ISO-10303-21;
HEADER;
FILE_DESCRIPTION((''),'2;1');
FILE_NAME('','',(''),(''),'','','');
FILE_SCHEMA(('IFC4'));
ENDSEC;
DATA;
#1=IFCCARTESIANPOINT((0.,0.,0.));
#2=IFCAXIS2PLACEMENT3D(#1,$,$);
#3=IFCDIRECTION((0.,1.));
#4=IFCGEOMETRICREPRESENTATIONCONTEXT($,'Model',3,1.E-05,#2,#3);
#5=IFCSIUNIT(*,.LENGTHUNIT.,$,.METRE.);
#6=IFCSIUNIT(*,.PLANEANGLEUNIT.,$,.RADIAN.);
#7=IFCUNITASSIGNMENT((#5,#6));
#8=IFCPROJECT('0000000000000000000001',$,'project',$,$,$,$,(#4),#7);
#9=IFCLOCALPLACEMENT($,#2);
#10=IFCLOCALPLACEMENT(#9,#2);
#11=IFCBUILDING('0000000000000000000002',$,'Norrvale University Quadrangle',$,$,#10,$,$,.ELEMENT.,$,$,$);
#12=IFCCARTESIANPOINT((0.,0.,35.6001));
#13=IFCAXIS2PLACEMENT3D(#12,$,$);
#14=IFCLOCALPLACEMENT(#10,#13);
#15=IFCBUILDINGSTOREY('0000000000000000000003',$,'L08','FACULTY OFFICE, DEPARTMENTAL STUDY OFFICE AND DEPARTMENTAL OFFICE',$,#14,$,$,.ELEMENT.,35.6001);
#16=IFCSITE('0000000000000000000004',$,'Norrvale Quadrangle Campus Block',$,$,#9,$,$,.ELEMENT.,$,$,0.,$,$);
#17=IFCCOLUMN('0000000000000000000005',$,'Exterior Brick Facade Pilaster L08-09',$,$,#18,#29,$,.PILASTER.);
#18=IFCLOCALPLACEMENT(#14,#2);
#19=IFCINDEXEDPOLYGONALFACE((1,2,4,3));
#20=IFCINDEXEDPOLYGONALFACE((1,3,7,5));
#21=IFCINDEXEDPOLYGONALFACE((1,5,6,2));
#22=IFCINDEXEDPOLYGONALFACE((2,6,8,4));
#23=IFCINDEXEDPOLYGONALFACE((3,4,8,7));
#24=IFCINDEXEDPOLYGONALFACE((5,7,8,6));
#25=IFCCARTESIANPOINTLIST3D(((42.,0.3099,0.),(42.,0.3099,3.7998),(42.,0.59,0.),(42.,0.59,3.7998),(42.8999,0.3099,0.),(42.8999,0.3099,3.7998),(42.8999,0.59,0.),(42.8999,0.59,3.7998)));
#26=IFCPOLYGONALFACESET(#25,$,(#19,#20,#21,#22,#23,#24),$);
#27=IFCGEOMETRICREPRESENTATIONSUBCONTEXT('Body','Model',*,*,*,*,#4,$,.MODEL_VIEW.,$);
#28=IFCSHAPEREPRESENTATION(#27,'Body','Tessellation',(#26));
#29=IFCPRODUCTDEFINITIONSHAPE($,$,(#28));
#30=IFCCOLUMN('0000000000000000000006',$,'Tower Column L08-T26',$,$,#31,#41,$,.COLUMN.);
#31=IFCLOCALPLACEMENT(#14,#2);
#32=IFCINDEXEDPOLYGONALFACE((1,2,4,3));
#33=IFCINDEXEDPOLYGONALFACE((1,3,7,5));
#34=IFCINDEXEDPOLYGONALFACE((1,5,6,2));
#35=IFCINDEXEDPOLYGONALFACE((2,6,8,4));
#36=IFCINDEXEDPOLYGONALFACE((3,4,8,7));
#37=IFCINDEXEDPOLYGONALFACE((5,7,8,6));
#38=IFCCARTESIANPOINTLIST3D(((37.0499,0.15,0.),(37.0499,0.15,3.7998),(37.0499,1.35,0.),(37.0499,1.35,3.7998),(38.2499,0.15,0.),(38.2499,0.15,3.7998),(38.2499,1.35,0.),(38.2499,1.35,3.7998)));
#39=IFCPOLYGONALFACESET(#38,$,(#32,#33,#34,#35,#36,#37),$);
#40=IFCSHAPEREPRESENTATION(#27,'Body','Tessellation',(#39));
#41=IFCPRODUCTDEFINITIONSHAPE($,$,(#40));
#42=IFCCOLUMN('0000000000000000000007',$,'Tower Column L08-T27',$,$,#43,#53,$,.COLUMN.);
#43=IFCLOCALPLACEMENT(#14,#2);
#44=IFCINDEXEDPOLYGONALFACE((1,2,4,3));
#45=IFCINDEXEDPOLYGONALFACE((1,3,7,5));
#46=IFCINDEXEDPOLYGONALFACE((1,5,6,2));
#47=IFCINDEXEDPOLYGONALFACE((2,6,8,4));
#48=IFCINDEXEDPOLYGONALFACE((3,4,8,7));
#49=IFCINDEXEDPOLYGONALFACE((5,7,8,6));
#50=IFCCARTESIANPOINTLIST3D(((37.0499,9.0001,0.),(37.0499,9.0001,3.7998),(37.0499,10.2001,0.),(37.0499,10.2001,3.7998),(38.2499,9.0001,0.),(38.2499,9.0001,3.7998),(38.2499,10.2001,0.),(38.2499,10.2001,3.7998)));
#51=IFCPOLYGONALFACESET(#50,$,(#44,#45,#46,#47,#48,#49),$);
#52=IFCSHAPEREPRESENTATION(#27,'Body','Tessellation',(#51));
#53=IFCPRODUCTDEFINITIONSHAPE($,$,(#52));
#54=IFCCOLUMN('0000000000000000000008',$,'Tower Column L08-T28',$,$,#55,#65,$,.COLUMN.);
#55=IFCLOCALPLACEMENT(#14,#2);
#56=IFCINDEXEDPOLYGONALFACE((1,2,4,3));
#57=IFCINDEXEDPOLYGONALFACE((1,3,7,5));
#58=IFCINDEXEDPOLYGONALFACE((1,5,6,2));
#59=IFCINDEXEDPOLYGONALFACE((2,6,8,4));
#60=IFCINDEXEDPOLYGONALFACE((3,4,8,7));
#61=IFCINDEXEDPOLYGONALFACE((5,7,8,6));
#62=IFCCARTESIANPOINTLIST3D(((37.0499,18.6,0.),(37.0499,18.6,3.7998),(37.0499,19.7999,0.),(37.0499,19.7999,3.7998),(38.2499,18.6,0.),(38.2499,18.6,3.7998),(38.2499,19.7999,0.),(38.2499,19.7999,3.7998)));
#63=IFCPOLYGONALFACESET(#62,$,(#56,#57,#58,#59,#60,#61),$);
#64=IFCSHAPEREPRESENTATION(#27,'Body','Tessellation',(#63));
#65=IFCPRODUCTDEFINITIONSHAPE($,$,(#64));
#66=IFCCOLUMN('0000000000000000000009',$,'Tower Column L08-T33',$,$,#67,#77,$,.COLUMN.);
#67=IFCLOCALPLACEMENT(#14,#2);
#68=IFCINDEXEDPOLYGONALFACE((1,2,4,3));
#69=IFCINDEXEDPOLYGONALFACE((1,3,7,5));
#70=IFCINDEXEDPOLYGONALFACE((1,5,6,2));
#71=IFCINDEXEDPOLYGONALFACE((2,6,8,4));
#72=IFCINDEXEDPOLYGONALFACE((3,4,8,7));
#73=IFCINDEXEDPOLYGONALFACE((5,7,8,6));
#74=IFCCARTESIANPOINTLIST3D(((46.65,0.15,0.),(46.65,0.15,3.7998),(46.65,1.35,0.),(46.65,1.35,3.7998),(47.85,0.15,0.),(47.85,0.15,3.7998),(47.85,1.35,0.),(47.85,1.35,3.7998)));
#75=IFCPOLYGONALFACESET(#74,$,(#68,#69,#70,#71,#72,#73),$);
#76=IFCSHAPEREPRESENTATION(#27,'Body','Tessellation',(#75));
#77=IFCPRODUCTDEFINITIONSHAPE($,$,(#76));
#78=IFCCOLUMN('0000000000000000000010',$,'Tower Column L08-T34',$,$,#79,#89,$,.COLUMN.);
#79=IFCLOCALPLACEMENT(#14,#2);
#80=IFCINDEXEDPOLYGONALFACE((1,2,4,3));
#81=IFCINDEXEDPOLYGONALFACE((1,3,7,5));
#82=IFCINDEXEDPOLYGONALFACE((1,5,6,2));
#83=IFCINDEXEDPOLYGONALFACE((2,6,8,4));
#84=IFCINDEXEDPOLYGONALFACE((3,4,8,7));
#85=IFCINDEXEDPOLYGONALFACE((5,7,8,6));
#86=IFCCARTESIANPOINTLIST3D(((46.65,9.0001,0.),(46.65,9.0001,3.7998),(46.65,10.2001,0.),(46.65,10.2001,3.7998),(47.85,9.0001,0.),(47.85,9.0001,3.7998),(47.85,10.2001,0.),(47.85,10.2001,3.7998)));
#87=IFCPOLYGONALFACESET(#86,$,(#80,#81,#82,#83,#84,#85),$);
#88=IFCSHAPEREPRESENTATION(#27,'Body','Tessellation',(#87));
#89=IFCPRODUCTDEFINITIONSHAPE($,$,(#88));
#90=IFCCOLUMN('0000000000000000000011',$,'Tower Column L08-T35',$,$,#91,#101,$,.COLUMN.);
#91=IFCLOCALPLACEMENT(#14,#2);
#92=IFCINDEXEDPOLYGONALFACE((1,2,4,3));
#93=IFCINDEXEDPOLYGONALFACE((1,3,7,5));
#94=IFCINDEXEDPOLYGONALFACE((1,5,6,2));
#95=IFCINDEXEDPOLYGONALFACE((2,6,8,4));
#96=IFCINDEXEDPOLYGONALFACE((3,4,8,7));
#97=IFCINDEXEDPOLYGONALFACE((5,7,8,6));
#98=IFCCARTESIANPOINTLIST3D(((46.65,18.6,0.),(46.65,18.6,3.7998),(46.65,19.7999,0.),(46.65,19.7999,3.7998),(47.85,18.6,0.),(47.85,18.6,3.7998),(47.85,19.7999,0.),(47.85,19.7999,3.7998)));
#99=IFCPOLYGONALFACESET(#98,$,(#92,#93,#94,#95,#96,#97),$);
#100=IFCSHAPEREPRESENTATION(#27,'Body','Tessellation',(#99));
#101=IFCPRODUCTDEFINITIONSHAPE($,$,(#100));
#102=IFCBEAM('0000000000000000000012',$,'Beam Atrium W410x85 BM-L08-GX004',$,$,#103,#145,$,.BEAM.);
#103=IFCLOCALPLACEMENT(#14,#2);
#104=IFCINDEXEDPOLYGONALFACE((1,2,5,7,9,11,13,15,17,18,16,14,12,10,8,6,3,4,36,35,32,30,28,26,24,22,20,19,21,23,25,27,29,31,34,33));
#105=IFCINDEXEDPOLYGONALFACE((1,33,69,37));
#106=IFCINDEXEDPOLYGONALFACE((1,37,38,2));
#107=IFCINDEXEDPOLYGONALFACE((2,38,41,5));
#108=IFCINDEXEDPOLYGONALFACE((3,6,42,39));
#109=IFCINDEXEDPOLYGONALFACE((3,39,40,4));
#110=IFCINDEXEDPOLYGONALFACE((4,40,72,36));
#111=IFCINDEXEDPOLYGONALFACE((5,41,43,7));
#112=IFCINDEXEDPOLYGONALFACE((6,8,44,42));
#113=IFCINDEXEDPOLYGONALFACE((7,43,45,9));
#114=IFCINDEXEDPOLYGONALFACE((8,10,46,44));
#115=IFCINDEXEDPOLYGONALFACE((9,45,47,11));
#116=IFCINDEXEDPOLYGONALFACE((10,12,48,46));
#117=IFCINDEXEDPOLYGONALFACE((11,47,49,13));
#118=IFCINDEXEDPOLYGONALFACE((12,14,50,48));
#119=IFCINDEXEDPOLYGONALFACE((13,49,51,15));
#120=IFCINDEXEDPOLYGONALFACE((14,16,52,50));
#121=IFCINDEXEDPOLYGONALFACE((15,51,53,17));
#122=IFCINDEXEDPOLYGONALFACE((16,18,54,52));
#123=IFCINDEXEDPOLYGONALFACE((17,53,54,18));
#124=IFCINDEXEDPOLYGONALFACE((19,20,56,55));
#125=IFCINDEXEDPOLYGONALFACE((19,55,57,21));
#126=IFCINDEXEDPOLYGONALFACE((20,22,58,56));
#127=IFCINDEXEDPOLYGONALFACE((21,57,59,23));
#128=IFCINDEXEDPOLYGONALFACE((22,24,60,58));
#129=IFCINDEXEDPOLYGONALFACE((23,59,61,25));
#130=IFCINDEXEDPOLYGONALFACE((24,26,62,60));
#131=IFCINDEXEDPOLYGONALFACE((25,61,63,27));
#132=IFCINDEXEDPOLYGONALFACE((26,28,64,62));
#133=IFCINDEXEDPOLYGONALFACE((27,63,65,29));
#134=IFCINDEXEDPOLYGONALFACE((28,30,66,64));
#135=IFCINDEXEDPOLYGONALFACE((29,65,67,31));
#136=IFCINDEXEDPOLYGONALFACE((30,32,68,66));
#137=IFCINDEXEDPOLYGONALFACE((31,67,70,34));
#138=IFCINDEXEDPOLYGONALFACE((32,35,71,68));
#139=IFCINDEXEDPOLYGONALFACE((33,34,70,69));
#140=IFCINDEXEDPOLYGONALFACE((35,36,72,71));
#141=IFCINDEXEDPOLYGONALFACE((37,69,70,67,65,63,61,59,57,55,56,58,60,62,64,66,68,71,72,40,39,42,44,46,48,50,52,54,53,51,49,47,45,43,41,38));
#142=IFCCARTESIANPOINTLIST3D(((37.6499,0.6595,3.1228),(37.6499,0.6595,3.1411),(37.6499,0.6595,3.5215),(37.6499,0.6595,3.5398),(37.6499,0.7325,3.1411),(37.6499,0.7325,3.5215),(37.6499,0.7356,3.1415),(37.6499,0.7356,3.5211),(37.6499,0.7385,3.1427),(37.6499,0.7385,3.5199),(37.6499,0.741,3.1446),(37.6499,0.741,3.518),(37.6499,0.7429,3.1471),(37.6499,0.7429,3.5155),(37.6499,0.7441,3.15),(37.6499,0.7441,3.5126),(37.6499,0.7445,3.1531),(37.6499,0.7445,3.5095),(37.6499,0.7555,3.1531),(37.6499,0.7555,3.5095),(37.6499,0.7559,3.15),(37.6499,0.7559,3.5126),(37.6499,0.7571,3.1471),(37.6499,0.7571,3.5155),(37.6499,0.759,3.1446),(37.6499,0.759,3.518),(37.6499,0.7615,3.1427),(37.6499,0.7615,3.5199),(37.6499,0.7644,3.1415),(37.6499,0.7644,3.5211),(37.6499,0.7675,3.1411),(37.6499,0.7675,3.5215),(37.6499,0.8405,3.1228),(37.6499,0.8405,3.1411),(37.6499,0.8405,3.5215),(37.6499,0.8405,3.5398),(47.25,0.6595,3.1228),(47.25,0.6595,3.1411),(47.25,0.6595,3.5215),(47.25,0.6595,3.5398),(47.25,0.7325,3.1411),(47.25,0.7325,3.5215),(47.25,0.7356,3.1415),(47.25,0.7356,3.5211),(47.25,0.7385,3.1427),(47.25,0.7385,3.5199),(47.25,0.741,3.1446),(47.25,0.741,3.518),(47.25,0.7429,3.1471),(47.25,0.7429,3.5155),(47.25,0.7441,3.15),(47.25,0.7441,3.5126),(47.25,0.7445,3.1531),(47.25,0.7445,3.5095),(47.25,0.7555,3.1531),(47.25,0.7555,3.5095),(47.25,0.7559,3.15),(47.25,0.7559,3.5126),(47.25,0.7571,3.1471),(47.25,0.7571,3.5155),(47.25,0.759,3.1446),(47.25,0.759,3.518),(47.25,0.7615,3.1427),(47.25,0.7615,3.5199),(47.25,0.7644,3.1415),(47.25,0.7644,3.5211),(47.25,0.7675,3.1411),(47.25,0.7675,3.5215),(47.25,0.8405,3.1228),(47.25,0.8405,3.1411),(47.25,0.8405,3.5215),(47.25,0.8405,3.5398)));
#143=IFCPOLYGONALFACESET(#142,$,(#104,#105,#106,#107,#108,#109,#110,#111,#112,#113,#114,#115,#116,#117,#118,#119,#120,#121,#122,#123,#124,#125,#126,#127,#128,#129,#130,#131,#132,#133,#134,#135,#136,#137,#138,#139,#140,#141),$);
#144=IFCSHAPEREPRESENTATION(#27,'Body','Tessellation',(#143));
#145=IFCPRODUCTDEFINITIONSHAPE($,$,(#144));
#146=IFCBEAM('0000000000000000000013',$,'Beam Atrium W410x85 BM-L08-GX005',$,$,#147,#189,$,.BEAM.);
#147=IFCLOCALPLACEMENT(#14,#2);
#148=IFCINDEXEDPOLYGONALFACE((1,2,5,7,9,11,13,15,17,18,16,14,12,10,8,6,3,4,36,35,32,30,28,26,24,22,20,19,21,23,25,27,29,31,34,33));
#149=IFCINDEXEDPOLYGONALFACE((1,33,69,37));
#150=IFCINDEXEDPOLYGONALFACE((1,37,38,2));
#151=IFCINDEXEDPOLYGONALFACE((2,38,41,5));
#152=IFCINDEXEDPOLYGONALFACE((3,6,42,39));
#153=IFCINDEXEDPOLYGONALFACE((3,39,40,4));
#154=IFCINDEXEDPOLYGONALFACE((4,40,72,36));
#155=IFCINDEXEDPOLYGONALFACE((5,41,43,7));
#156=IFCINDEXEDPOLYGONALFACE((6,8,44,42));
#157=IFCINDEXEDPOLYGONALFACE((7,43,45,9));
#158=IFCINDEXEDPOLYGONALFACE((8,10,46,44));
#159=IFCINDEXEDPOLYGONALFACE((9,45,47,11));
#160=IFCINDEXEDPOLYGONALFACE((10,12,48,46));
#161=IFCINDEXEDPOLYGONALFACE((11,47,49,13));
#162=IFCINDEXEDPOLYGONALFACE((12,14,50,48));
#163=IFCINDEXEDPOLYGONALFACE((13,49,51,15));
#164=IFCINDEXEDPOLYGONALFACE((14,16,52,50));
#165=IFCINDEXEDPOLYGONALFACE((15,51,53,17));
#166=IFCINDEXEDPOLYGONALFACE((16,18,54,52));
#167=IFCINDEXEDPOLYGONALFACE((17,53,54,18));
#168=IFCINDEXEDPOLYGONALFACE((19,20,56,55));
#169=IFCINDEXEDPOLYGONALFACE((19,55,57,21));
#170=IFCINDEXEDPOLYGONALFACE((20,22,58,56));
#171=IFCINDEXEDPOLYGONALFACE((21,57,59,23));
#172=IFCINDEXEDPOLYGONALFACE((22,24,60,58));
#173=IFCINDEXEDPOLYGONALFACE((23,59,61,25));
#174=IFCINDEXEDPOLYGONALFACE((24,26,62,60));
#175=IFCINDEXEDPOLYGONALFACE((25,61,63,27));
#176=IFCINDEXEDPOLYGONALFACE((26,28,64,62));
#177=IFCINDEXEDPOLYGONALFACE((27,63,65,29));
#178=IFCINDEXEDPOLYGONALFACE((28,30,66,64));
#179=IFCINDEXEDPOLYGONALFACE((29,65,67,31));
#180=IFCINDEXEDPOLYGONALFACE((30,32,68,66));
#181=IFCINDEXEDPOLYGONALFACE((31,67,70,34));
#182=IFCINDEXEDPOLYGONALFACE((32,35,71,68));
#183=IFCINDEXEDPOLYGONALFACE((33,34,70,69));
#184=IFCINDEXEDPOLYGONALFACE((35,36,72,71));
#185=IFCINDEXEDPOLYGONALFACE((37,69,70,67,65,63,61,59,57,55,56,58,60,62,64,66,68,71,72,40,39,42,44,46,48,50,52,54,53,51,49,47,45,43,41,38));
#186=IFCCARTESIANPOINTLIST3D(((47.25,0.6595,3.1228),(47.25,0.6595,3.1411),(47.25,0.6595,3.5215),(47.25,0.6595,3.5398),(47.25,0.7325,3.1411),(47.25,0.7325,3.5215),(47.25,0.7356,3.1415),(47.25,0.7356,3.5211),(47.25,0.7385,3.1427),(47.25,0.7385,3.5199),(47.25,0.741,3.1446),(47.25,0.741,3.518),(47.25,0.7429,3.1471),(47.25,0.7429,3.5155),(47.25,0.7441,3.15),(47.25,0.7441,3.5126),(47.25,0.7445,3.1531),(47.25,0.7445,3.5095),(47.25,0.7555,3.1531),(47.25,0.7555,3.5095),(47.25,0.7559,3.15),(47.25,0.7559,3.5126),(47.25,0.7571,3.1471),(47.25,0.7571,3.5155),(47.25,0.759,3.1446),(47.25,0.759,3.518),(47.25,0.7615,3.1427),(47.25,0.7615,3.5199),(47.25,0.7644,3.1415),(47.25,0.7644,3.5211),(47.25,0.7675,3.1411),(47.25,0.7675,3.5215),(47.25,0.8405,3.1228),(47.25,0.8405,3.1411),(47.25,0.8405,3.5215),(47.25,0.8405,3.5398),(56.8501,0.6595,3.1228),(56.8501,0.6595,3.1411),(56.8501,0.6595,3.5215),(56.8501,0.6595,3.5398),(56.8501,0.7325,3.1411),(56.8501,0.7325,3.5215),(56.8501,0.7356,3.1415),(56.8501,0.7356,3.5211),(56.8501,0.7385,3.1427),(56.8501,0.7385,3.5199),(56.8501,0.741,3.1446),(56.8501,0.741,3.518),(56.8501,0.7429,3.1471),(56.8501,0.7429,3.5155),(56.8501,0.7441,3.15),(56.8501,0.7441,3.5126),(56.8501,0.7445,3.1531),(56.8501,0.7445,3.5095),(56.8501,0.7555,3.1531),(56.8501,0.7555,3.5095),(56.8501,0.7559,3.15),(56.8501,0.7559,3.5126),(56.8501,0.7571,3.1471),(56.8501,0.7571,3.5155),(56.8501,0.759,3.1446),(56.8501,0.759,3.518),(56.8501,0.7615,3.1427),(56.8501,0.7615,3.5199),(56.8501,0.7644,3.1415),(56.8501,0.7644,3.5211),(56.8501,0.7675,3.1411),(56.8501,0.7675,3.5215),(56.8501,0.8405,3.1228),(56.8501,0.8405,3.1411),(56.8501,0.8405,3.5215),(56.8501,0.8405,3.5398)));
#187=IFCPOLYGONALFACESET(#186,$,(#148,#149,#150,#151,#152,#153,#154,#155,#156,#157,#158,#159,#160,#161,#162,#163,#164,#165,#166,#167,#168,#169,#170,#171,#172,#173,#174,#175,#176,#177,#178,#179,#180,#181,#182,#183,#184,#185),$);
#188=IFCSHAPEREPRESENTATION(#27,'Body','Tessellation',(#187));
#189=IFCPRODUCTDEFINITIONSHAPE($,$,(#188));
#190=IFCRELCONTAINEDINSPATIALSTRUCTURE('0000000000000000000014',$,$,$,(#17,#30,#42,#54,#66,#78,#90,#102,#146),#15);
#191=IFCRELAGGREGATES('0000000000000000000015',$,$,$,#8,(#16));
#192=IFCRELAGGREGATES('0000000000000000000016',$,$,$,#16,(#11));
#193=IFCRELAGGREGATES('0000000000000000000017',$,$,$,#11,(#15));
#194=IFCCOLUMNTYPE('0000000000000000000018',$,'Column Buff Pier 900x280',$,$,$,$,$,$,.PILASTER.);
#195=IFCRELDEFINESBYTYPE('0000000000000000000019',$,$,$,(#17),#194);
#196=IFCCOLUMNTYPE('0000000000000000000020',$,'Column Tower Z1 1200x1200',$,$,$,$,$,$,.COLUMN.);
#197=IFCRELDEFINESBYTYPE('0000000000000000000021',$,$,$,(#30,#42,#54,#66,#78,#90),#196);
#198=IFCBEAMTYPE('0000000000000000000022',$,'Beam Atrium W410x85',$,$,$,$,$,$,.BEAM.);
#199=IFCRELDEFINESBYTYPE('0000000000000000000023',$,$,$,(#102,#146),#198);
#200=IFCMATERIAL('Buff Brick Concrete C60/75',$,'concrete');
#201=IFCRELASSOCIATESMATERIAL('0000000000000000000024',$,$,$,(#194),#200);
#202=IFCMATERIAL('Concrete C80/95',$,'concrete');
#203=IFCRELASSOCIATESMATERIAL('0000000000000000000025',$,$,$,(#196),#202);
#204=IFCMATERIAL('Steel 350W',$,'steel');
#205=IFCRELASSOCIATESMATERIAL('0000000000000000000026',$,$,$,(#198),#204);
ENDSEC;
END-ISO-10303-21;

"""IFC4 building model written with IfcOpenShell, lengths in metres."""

from ifc_helpers import new_model, si_unit, direction, frame, origin, origin_2d, place, context, subcontext, project, spatial, rectangle, i_section, extrude, material, material_profile, profile_set, type_object, element, save


model = new_model("IFC4")

# Units and contexts
model_context = context("Model", 3, precision=1e-05, world=origin(), true_north=direction((0.0, 1.0)))
body_context = subcontext(model_context, "Body", "Model", "MODEL_VIEW")
ifc_project = project(units=[si_unit("LENGTHUNIT", "METRE"), si_unit("PLANEANGLEUNIT", "RADIAN")], contexts=[model_context])

# Site, building, storey
site_placement = place(None, origin())
site = spatial("IfcSite", under=ifc_project, at=site_placement, Name="Norrvale Quadrangle Campus Block", CompositionType="ELEMENT", RefElevation=0.0)
building_placement = place(site_placement, origin())
building = spatial("IfcBuilding", under=site, at=building_placement, Name="Norrvale University Quadrangle", CompositionType="ELEMENT")
storey_placement = place(building_placement, frame((0.0, 0.0, 35.6001)))
storey = spatial("IfcBuildingStorey", under=building, at=storey_placement, Name="L08", Description="FACULTY OFFICE, DEPARTMENTAL STUDY OFFICE AND DEPARTMENTAL OFFICE", CompositionType="ELEMENT", Elevation=35.6001)

# Columns
ifc_material_1 = material(Name="Buff Brick Concrete C60/75", Category="concrete")
ifc_material_profile_1 = material_profile(ifc_material_1, rectangle(XDim=0.8999, YDim=0.28, at=origin_2d()), Name="Buff Brick Concrete C60/75")
ifc_profile_set_1 = profile_set([ifc_material_profile_1], Name="Buff Brick Concrete C60/75")
column_type_1 = type_object("IfcColumnType", Name="Column Buff Pier 900x280", PredefinedType="PILASTER", material=ifc_profile_set_1)
column_placement = place(storey_placement, frame((42.45, 0.45, 0.0), z_axis=(0.0, 0.0, 1.0), x_axis=(1.0, 0.0, 0.0)))
element("IfcColumn", 1, at=column_placement, inside=storey, type_object=column_type_1, Name="Exterior Brick Facade Pilaster L08-09", PredefinedType="PILASTER", context=body_context, shape_type="SweptSolid", body=[
    extrude(rectangle(XDim=0.8999, YDim=0.28, at=origin_2d()), origin(), (0.0, 0.0, 1.0), 3.7998),
])
ifc_material_2 = material(Name="Concrete C80/95", Category="concrete")
ifc_material_profile_2 = material_profile(ifc_material_2, rectangle(XDim=1.2, YDim=1.2, at=origin_2d()), Name="Concrete C80/95")
ifc_profile_set_2 = profile_set([ifc_material_profile_2], Name="Concrete C80/95")
column_type_2 = type_object("IfcColumnType", Name="Column Tower Z1 1200x1200", PredefinedType="COLUMN", material=ifc_profile_set_2)
for number, where, z_axis, x_axis, name in (
    (2, (37.6499, 0.75, 0.0), (0.0, 0.0, 1.0), (1.0, 0.0, 0.0), "Tower Column L08-T26"),
    (3, (37.6499, 9.6001, 0.0), (0.0, 0.0, 1.0), (1.0, 0.0, 0.0), "Tower Column L08-T27"),
    (4, (37.6499, 19.2, 0.0), (0.0, 0.0, 1.0), (1.0, 0.0, 0.0), "Tower Column L08-T28"),
    (5, (47.25, 0.75, 0.0), (0.0, 0.0, 1.0), (1.0, 0.0, 0.0), "Tower Column L08-T33"),
    (6, (47.25, 9.6001, 0.0), (0.0, 0.0, 1.0), (1.0, 0.0, 0.0), "Tower Column L08-T34"),
    (7, (47.25, 19.2, 0.0), (0.0, 0.0, 1.0), (1.0, 0.0, 0.0), "Tower Column L08-T35"),
):
    element("IfcColumn", number, at=place(storey_placement, frame(where, z_axis=z_axis, x_axis=x_axis)), inside=storey, type_object=column_type_2, Name=name, PredefinedType="COLUMN", context=body_context, shape_type="SweptSolid", body=[
        extrude(rectangle(XDim=1.2, YDim=1.2, at=origin_2d()), origin(), (0.0, 0.0, 1.0), 3.7998),
    ])

# Beams
ifc_material_3 = material(Name="Steel 350W", Category="steel")
ifc_material_profile_3 = material_profile(ifc_material_3, i_section(OverallWidth=0.1809, OverallDepth=0.417, WebThickness=0.011, FlangeThickness=0.0183, FilletRadius=0.012, at=origin_2d()), Name="Steel 350W")
ifc_profile_set_3 = profile_set([ifc_material_profile_3], Name="Steel 350W")
beam_type_1 = type_object("IfcBeamType", Name="Beam Atrium W410x85", PredefinedType="BEAM", material=ifc_profile_set_3)
for number, where, z_axis, x_axis, name in (
    (8, (37.6499, 0.75, 3.3313), (1.0, 0.0, 0.0), (0.0, 1.0, 0.0), "Beam Atrium W410x85 BM-L08-GX004"),
    (9, (47.25, 0.75, 3.3313), (1.0, 0.0, 0.0), (0.0, 1.0, 0.0), "Beam Atrium W410x85 BM-L08-GX005"),
):
    element("IfcBeam", number, at=place(storey_placement, frame(where, z_axis=z_axis, x_axis=x_axis)), inside=storey, type_object=beam_type_1, Name=name, PredefinedType="BEAM", context=body_context, shape_type="SweptSolid", body=[
        extrude(i_section(OverallWidth=0.1809, OverallDepth=0.417, WebThickness=0.011, FlangeThickness=0.0183, FilletRadius=0.012, at=origin_2d()), origin(), (0.0, 0.0, 1.0), 9.6001),
    ])

save(model, "model.ifc")
